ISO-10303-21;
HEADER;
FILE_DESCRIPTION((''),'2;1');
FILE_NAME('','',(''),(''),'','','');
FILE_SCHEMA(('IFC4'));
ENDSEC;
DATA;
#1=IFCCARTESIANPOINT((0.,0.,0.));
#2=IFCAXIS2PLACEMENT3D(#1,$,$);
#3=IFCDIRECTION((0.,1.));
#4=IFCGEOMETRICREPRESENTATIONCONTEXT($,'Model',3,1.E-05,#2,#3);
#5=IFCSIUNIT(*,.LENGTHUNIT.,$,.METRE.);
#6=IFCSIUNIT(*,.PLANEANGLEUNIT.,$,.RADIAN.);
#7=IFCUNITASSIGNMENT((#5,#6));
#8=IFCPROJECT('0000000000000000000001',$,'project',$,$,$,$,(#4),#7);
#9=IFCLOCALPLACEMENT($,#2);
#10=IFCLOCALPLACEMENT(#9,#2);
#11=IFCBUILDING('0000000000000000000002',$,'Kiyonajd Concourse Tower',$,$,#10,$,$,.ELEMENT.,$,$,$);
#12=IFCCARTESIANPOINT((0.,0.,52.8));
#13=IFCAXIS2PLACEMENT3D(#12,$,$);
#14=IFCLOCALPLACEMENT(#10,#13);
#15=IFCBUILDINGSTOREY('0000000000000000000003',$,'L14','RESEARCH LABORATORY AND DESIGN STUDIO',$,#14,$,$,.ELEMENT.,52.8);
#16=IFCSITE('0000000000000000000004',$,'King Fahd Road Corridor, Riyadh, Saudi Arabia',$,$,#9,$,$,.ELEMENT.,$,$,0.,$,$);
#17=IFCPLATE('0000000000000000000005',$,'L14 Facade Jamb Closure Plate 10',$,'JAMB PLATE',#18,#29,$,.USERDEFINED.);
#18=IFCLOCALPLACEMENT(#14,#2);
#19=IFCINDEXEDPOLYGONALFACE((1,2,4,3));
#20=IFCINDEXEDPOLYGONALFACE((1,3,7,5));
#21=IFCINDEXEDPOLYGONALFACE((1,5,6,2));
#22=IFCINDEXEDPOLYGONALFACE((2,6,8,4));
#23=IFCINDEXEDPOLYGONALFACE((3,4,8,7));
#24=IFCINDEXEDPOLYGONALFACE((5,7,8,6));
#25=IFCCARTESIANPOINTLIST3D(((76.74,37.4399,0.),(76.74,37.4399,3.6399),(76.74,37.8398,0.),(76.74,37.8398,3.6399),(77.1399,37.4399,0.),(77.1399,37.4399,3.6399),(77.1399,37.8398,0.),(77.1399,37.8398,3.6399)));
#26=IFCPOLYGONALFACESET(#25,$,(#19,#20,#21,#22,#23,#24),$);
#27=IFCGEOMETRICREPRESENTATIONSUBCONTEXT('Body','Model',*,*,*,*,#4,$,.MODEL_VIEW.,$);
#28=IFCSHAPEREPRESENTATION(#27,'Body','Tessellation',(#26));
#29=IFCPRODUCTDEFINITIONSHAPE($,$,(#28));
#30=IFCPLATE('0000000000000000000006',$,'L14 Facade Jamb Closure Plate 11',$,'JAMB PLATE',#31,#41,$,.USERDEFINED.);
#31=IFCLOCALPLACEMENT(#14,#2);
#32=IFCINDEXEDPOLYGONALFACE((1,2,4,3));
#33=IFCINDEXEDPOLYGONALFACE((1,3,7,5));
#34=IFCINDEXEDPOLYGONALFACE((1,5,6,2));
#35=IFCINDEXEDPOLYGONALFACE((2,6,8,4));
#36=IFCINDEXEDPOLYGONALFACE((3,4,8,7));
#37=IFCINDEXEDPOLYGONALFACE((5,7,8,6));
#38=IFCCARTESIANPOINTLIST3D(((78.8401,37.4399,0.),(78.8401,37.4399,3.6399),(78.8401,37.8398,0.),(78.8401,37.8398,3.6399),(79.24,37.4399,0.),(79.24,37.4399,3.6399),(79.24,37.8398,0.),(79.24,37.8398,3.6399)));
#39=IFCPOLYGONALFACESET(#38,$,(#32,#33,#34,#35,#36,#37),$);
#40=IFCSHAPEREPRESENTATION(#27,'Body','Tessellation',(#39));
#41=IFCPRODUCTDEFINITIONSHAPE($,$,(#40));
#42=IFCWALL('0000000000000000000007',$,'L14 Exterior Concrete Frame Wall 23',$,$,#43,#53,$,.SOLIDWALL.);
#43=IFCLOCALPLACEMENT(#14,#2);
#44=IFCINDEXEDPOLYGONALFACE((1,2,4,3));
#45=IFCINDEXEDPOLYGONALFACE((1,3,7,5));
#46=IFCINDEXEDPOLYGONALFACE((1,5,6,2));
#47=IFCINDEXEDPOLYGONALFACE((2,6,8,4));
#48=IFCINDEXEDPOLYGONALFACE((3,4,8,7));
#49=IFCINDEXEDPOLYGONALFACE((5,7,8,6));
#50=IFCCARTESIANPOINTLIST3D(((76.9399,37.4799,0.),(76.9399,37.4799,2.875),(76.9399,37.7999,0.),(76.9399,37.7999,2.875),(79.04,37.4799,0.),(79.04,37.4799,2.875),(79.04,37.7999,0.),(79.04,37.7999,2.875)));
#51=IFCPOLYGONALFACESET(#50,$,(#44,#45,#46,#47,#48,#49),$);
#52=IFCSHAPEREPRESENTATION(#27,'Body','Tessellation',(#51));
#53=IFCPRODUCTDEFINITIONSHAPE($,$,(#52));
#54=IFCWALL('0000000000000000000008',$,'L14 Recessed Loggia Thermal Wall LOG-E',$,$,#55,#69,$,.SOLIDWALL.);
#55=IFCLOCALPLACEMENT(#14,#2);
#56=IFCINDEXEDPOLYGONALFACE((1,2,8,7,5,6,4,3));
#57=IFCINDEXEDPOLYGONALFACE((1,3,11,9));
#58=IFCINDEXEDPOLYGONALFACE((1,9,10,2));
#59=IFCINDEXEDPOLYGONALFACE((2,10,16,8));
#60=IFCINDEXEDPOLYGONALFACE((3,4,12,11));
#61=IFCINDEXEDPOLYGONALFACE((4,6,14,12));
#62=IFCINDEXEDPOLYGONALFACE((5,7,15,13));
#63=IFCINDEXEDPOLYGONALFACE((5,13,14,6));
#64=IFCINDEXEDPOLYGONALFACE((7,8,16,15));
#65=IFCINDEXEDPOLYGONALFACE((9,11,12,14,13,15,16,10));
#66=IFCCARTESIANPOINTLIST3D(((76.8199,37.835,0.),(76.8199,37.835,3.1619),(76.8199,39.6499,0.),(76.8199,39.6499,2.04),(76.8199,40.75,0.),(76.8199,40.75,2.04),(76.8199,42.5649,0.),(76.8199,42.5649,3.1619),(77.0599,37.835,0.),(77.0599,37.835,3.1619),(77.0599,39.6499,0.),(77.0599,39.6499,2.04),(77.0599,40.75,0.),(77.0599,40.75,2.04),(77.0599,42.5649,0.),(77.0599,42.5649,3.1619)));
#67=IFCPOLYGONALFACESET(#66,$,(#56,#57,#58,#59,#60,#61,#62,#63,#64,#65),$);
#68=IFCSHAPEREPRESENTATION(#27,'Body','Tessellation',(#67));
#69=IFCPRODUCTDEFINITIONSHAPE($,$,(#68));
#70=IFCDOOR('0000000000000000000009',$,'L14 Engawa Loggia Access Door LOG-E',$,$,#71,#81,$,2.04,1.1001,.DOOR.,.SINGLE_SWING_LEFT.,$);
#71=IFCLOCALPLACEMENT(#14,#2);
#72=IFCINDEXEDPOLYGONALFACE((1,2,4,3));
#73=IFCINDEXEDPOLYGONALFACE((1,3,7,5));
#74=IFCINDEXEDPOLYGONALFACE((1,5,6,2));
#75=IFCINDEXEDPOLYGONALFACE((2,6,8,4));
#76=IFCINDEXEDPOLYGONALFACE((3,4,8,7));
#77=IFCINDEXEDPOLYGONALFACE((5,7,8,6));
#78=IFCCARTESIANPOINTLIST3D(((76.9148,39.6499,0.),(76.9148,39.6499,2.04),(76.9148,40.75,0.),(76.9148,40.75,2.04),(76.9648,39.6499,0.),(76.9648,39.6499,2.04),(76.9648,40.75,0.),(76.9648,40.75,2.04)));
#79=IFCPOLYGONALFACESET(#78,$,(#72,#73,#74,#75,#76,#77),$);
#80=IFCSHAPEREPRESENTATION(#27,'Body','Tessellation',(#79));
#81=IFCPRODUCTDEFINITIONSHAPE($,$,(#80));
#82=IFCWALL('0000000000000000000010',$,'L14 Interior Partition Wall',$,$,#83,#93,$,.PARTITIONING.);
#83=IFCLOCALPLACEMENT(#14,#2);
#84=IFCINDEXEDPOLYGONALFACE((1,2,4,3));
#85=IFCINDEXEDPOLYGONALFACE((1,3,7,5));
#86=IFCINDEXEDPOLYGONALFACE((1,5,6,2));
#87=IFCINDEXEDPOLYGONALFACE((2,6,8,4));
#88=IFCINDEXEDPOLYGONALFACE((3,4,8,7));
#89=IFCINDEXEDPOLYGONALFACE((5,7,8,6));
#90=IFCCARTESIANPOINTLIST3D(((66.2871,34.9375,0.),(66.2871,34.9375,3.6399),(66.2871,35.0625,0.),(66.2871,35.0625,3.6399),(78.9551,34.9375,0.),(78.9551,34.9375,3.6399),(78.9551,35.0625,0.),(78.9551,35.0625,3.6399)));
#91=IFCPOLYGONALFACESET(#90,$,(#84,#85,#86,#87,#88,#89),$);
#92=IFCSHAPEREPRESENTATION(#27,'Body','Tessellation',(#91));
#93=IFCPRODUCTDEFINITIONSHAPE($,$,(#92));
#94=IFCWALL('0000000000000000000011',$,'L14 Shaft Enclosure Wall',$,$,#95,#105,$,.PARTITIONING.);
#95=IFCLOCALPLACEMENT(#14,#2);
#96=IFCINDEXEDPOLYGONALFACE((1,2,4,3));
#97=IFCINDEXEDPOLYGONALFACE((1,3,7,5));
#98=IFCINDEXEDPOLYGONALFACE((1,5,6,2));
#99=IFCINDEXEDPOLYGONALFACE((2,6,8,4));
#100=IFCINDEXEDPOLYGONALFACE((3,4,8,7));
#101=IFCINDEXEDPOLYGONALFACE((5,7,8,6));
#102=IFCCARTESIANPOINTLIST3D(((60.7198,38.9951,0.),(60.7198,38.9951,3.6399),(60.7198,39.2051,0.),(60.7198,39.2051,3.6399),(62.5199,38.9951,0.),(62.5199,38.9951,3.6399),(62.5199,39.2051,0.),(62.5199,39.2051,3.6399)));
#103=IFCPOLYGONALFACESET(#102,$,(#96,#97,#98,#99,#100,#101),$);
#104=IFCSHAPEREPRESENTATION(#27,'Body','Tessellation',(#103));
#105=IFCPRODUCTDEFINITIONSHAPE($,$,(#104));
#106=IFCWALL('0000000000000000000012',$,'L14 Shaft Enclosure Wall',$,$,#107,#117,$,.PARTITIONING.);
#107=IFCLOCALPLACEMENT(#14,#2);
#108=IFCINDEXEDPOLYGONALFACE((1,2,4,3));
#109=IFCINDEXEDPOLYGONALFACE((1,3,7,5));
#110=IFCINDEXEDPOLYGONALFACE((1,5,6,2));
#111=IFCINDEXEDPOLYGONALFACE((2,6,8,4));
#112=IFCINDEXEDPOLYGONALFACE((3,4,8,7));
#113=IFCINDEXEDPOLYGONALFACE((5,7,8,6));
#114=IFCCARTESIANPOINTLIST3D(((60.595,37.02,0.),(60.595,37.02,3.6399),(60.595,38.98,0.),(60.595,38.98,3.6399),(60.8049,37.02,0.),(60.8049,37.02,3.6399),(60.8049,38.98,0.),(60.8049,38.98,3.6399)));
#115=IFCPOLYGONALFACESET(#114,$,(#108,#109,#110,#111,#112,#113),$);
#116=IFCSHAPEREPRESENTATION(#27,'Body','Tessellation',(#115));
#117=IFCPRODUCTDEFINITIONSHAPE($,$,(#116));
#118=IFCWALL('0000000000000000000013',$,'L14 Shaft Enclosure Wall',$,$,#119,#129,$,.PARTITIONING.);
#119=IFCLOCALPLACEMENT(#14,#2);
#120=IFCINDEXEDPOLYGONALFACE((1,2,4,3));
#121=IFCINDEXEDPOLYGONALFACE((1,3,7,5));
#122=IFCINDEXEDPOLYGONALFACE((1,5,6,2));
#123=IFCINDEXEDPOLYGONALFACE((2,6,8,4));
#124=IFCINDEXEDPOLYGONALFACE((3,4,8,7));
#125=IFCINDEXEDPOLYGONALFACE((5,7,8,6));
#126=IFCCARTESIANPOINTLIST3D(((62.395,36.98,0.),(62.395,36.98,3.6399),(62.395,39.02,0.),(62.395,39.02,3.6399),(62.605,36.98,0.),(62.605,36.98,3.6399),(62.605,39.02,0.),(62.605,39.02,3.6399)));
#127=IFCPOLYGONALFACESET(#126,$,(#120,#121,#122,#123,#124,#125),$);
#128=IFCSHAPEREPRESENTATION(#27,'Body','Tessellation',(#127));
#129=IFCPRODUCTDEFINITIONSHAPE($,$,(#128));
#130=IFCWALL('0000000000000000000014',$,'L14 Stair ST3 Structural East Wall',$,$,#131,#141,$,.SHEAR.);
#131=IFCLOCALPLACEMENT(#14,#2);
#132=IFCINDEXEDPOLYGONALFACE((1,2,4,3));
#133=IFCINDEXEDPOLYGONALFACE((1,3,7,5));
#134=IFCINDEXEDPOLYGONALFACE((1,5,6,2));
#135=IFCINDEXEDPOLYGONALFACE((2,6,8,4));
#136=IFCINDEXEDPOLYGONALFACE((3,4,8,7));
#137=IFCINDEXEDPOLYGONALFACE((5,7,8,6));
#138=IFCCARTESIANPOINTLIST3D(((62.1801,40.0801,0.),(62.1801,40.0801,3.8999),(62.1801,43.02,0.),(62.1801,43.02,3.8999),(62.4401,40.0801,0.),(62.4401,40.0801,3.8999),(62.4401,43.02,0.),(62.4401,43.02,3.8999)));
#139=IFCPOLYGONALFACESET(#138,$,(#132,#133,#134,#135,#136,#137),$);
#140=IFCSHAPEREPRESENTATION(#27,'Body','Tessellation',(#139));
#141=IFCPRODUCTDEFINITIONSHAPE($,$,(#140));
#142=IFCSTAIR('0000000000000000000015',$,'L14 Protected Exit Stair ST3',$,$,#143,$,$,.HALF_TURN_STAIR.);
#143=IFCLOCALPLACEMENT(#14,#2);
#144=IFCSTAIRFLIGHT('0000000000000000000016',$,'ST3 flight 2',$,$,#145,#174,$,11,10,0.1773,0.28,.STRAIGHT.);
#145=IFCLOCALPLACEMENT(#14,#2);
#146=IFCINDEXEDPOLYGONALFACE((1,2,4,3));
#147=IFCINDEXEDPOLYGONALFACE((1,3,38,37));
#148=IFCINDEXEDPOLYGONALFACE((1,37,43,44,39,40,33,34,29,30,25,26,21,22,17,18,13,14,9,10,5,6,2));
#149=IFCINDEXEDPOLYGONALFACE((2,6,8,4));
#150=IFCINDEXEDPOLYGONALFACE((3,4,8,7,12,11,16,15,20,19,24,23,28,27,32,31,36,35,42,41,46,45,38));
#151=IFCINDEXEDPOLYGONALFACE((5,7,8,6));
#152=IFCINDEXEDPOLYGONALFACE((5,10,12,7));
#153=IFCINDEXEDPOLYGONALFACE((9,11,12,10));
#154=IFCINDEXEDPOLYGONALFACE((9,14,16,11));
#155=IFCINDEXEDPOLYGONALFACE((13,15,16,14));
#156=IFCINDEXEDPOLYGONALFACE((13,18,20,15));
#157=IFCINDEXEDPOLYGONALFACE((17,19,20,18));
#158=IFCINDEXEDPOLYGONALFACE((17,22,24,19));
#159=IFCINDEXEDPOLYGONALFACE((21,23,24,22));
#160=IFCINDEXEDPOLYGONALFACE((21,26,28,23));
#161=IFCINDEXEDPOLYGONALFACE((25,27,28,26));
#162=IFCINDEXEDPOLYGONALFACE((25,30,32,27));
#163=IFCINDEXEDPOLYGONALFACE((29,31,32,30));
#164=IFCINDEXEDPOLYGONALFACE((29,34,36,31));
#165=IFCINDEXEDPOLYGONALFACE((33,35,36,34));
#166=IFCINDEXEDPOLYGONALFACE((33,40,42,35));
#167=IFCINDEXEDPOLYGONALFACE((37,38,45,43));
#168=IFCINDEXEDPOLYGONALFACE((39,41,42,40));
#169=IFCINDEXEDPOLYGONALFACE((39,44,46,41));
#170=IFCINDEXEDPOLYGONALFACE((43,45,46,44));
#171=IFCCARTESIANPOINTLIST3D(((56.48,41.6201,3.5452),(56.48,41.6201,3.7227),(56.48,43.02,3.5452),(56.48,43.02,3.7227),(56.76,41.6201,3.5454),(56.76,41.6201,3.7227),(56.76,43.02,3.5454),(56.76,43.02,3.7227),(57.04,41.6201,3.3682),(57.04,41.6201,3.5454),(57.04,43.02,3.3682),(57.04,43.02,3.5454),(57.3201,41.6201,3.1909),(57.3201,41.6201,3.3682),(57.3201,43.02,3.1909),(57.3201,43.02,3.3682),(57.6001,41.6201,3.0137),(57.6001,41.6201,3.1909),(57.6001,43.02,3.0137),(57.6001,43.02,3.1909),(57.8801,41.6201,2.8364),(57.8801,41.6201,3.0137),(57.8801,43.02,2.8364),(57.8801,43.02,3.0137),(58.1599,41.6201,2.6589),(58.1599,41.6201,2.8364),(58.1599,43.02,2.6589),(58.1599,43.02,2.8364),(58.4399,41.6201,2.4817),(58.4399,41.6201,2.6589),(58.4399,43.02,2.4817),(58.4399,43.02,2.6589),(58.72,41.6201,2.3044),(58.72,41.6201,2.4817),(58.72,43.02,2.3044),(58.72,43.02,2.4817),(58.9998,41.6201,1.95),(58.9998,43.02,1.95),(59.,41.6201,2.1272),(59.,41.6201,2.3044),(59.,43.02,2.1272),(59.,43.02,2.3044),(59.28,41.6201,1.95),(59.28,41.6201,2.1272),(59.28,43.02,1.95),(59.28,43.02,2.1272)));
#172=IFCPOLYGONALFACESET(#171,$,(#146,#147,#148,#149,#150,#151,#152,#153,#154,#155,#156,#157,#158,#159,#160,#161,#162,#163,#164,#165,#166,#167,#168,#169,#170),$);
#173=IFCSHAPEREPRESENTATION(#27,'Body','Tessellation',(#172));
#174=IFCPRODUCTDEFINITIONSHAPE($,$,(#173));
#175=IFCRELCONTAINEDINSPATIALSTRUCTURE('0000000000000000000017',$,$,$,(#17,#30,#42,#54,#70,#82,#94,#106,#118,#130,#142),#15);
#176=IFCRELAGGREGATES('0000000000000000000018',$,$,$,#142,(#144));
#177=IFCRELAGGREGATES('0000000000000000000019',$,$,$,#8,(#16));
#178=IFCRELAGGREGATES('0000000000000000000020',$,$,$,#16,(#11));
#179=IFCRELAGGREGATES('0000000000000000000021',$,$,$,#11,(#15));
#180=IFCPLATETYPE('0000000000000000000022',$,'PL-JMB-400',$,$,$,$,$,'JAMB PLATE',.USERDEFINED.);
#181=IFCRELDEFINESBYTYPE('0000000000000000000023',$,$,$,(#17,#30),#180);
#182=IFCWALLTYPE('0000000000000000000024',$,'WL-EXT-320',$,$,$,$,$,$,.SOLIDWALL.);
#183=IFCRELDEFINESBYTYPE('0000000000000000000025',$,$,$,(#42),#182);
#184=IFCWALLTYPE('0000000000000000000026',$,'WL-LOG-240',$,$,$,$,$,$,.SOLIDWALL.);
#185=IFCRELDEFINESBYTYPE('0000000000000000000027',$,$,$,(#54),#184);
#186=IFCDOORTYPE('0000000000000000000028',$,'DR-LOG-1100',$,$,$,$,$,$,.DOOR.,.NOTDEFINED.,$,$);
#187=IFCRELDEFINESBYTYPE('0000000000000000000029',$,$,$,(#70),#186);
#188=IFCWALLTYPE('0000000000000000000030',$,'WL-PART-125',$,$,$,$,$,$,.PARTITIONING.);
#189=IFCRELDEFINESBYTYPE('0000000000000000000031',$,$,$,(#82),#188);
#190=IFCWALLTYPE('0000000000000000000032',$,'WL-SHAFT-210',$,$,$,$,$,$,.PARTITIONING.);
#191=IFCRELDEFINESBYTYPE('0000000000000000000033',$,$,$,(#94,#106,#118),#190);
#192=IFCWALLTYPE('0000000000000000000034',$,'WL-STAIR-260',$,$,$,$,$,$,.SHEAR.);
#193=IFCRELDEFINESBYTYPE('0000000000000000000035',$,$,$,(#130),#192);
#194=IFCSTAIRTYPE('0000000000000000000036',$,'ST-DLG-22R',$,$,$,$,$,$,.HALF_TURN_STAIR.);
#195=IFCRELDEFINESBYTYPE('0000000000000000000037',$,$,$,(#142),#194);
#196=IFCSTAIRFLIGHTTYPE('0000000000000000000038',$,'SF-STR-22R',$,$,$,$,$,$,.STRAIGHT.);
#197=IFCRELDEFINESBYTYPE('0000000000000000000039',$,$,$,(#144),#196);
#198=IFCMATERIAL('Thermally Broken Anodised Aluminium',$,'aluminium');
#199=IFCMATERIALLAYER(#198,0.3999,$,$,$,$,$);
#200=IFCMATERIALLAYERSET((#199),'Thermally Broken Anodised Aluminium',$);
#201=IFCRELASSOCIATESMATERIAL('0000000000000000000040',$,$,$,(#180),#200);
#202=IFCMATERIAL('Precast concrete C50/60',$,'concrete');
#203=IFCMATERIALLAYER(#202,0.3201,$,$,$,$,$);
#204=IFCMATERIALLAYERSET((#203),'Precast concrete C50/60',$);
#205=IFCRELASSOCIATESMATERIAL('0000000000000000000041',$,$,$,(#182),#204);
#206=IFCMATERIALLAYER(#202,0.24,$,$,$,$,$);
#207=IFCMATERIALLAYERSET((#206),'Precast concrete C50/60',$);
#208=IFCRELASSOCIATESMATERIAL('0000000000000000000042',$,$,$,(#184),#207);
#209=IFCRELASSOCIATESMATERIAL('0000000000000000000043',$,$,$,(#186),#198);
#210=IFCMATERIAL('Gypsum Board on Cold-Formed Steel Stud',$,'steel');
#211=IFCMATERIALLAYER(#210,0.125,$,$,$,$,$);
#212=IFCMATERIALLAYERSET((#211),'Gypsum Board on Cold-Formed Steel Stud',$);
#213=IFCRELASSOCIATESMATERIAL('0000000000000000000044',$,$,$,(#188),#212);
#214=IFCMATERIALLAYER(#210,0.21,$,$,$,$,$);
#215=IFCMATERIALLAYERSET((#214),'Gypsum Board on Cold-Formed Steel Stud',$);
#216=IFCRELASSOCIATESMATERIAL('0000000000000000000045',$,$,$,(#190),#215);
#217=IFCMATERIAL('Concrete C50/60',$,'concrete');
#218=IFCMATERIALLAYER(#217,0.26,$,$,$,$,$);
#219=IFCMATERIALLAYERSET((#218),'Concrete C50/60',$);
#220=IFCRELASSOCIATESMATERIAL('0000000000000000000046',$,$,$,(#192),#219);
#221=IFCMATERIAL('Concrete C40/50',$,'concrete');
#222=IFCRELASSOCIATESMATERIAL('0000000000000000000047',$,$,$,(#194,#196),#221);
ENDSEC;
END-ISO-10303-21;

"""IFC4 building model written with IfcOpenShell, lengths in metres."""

from ifc_helpers import new_model, si_unit, direction, frame, frame_2d, origin, origin_2d, place, context, subcontext, project, spatial, polyline, rectangle, outline, extrude, material, layer, layer_set, type_object, element, fill, aggregate, save


model = new_model("IFC4")

# Units and contexts
model_context = context("Model", 3, precision=1e-05, world=origin(), true_north=direction((0.0, 1.0)))
body_context = subcontext(model_context, "Body", "Model", "MODEL_VIEW")
ifc_project = project(units=[si_unit("LENGTHUNIT", "METRE"), si_unit("PLANEANGLEUNIT", "RADIAN")], contexts=[model_context])

# Site, building, storey
site_placement = place(None, origin())
site = spatial("IfcSite", under=ifc_project, at=site_placement, Name="King Fahd Road Corridor, Riyadh, Saudi Arabia", CompositionType="ELEMENT", RefElevation=0.0)
building_placement = place(site_placement, origin())
building = spatial("IfcBuilding", under=site, at=building_placement, Name="Kiyonajd Concourse Tower", CompositionType="ELEMENT")
storey_placement = place(building_placement, frame((0.0, 0.0, 52.8)))
storey = spatial("IfcBuildingStorey", under=building, at=storey_placement, Name="L14", Description="RESEARCH LABORATORY AND DESIGN STUDIO", CompositionType="ELEMENT", Elevation=52.8)

# Shared definitions
ifc_material_1 = material(Name="Precast concrete C50/60", Category="concrete")

# Shared definitions
ifc_material_2 = material(Name="Thermally Broken Anodised Aluminium", Category="aluminium")

# Plates
ifc_layer_1 = layer(ifc_material_2, 0.3999)
ifc_layer_set_1 = layer_set([ifc_layer_1], Name="Thermally Broken Anodised Aluminium")
plate_type_1 = type_object("IfcPlateType", Name="PL-JMB-400", ElementType="JAMB PLATE", PredefinedType="USERDEFINED", material=ifc_layer_set_1)
for number, where, z_axis, x_axis, name in (
    (1, (76.9399, 37.6399, 0.0), (0.0, 0.0, 1.0), (1.0, 0.0, 0.0), "L14 Facade Jamb Closure Plate 10"),
    (2, (79.04, 37.6399, 0.0), (0.0, 0.0, 1.0), (1.0, 0.0, 0.0), "L14 Facade Jamb Closure Plate 11"),
):
    element("IfcPlate", number, at=place(storey_placement, frame(where, z_axis=z_axis, x_axis=x_axis)), inside=storey, type_object=plate_type_1, Name=name, ObjectType="JAMB PLATE", PredefinedType="USERDEFINED", context=body_context, shape_type="SweptSolid", body=[
        extrude(rectangle(XDim=0.3999, YDim=0.3999, at=origin_2d()), origin(), (0.0, 0.0, 1.0), 3.6399),
    ])

# Wall
ifc_layer_2 = layer(ifc_material_1, 0.3201)
ifc_layer_set_2 = layer_set([ifc_layer_2], Name="Precast concrete C50/60")
wall_type_1 = type_object("IfcWallType", Name="WL-EXT-320", PredefinedType="SOLIDWALL", material=ifc_layer_set_2)
wall_1_placement = place(storey_placement, frame((76.9399, 37.6399, 0.0), z_axis=(0.0, 0.0, 1.0), x_axis=(1.0, 0.0, 0.0)))
element("IfcWall", 3, at=wall_1_placement, inside=storey, type_object=wall_type_1, Name="L14 Exterior Concrete Frame Wall 23", PredefinedType="SOLIDWALL", context=body_context, shape_type="SweptSolid", body=[
    extrude(rectangle(XDim=2.1001, YDim=0.3201, at=frame_2d((1.05, 0.0))), origin(), (0.0, 0.0, 1.0), 2.875),
])

# Wall, opening, door
ifc_layer_3 = layer(ifc_material_1, 0.24)
ifc_layer_set_3 = layer_set([ifc_layer_3], Name="Precast concrete C50/60")
wall_type_2 = type_object("IfcWallType", Name="WL-LOG-240", PredefinedType="SOLIDWALL", material=ifc_layer_set_3)
wall_2_placement = place(storey_placement, frame((76.9399, 42.5649, 0.0), z_axis=(0.0, 0.0, 1.0), x_axis=(0.0, -1.0, 0.0)))
wall_2 = element("IfcWall", 4, at=wall_2_placement, inside=storey, type_object=wall_type_2, Name="L14 Recessed Loggia Thermal Wall LOG-E", PredefinedType="SOLIDWALL", context=body_context, shape_type="SweptSolid", body=[
    extrude(rectangle(XDim=4.73, YDim=0.24, at=frame_2d((2.365, 0.0))), origin(), (0.0, 0.0, 1.0), 3.1619),
])
opening_placement = place(wall_2_placement, frame((1.8149, 0.0, 0.0)))
opening = element("IfcOpeningElement", 5, at=opening_placement, cuts=wall_2, PredefinedType="OPENING", context=body_context, shape_type="SweptSolid", body=[
    extrude(rectangle(XDim=1.1001, YDim=2.04, at=frame_2d((0.55, 1.02))), frame((0.0, 0.1299, 0.0), z_axis=(0.0, -1.0, 0.0), x_axis=(1.0, 0.0, 0.0)), (0.0, 0.0, 1.0), 0.26),
])
door_type = type_object("IfcDoorType", Name="DR-LOG-1100", OperationType="NOTDEFINED", PredefinedType="DOOR", material=ifc_material_2)
door_placement = place(opening_placement, origin())
door = element("IfcDoor", 6, at=door_placement, inside=storey, type_object=door_type, Name="L14 Engawa Loggia Access Door LOG-E", OperationType="SINGLE_SWING_LEFT", OverallHeight=2.04, OverallWidth=1.1001, PredefinedType="DOOR", context=body_context, shape_type="SweptSolid", body=[
    extrude(rectangle(XDim=1.1001, YDim=2.04, at=frame_2d((0.55, 1.02))), frame((0.0, 0.0249, 0.0), z_axis=(0.0, -1.0, 0.0), x_axis=(1.0, 0.0, 0.0)), (0.0, 0.0, 1.0), 0.05),
])
fill(opening, door)

# Walls
ifc_material_3 = material(Name="Gypsum Board on Cold-Formed Steel Stud", Category="steel")
ifc_layer_4 = layer(ifc_material_3, 0.125)
ifc_layer_set_4 = layer_set([ifc_layer_4], Name="Gypsum Board on Cold-Formed Steel Stud")
wall_type_3 = type_object("IfcWallType", Name="WL-PART-125", PredefinedType="PARTITIONING", material=ifc_layer_set_4)
wall_3_placement = place(storey_placement, frame((66.2871, 35.0, 0.0), z_axis=(0.0, 0.0, 1.0), x_axis=(1.0, 0.0, 0.0)))
element("IfcWall", 7, at=wall_3_placement, inside=storey, type_object=wall_type_3, Name="L14 Interior Partition Wall", PredefinedType="PARTITIONING", context=body_context, shape_type="SweptSolid", body=[
    extrude(rectangle(XDim=12.668, YDim=0.125, at=frame_2d((6.334, 0.0))), origin(), (0.0, 0.0, 1.0), 3.6399),
])
ifc_layer_5 = layer(ifc_material_3, 0.21)
ifc_layer_set_5 = layer_set([ifc_layer_5], Name="Gypsum Board on Cold-Formed Steel Stud")
wall_type_4 = type_object("IfcWallType", Name="WL-SHAFT-210", PredefinedType="PARTITIONING", material=ifc_layer_set_5)
wall_4_placement = place(storey_placement, frame((60.72, 39.1001, 0.0), z_axis=(0.0, 0.0, 1.0), x_axis=(1.0, 0.0, 0.0)))
element("IfcWall", 8, at=wall_4_placement, inside=storey, type_object=wall_type_4, Name="L14 Shaft Enclosure Wall", PredefinedType="PARTITIONING", context=body_context, shape_type="SweptSolid", body=[
    extrude(rectangle(XDim=1.8, YDim=0.21, at=frame_2d((0.8999, 0.0))), origin(), (0.0, 0.0, 1.0), 3.6399),
])
wall_5_placement = place(storey_placement, frame((60.7, 37.02, 0.0), z_axis=(0.0, 0.0, 1.0), x_axis=(0.0, 1.0, 0.0)))
element("IfcWall", 9, at=wall_5_placement, inside=storey, type_object=wall_type_4, Name="L14 Shaft Enclosure Wall", PredefinedType="PARTITIONING", context=body_context, shape_type="SweptSolid", body=[
    extrude(rectangle(XDim=1.96, YDim=0.21, at=frame_2d((0.98, 0.0))), origin(), (0.0, 0.0, 1.0), 3.6399),
])
wall_6_placement = place(storey_placement, frame((62.5, 36.98, 0.0), z_axis=(0.0, 0.0, 1.0), x_axis=(0.0, 1.0, 0.0)))
element("IfcWall", 10, at=wall_6_placement, inside=storey, type_object=wall_type_4, Name="L14 Shaft Enclosure Wall", PredefinedType="PARTITIONING", context=body_context, shape_type="SweptSolid", body=[
    extrude(rectangle(XDim=2.04, YDim=0.21, at=frame_2d((1.02, 0.0))), origin(), (0.0, 0.0, 1.0), 3.6399),
])
ifc_material_4 = material(Name="Concrete C50/60", Category="concrete")
ifc_layer_6 = layer(ifc_material_4, 0.26)
ifc_layer_set_6 = layer_set([ifc_layer_6], Name="Concrete C50/60")
wall_type_5 = type_object("IfcWallType", Name="WL-STAIR-260", PredefinedType="SHEAR", material=ifc_layer_set_6)
wall_7_placement = place(storey_placement, frame((62.3101, 40.0801, 0.0), z_axis=(0.0, 0.0, 1.0), x_axis=(0.0, 1.0, 0.0)))
element("IfcWall", 11, at=wall_7_placement, inside=storey, type_object=wall_type_5, Name="L14 Stair ST3 Structural East Wall", PredefinedType="SHEAR", context=body_context, shape_type="SweptSolid", body=[
    extrude(rectangle(XDim=2.9399, YDim=0.26, at=frame_2d((1.47, 0.0))), origin(), (0.0, 0.0, 1.0), 3.8999),
])

# Stair, stair flight
ifc_material_5 = material(Name="Concrete C40/50", Category="concrete")
stair_type = type_object("IfcStairType", Name="ST-DLG-22R", PredefinedType="HALF_TURN_STAIR", material=ifc_material_5)
stair_placement = place(storey_placement, origin())
stair = element("IfcStair", 12, at=stair_placement, inside=storey, type_object=stair_type, Name="L14 Protected Exit Stair ST3", PredefinedType="HALF_TURN_STAIR")
stair_flight_type = type_object("IfcStairFlightType", Name="SF-STR-22R", PredefinedType="STRAIGHT", material=ifc_material_5)
stair_flight_placement = place(storey_placement, frame((59.28, 42.3201, 1.95), z_axis=(0.0, 0.0, 1.0), x_axis=(-1.0, 0.0, 0.0)))
stair_flight = element("IfcStairFlight", 13, at=stair_flight_placement, type_object=stair_flight_type, Name="ST3 flight 2", NumberOfRisers=11, NumberOfTreads=10, PredefinedType="STRAIGHT", RiserHeight=0.1773, TreadLength=0.28, context=body_context, shape_type="SweptSolid", body=[
    extrude(outline(polyline([(0.0, 0.0), (0.0, 0.1772), (0.28, 0.1772), (0.28, 0.3545), (0.5601, 0.3545), (0.5601, 0.5317), (0.8401, 0.5317), (0.8401, 0.709), (1.1201, 0.709), (1.1201, 0.8865), (1.3999, 0.8865), (1.3999, 1.0637), (1.6799, 1.0637), (1.6799, 1.241), (1.96, 1.241), (1.96, 1.4182), (2.24, 1.4182), (2.24, 1.5955), (2.52, 1.5955), (2.52, 1.7727), (2.8, 1.7727), (2.8, 1.95), (2.8, 1.5952), (0.2803, 0.0), (0.0, 0.0)])), frame((0.0, 0.7, 0.0), z_axis=(0.0, -1.0, 0.0), x_axis=(1.0, 0.0, 0.0)), (0.0, 0.0, 1.0), 1.3999),
])
aggregate(stair, [stair_flight])

save(model, "model.ifc")
